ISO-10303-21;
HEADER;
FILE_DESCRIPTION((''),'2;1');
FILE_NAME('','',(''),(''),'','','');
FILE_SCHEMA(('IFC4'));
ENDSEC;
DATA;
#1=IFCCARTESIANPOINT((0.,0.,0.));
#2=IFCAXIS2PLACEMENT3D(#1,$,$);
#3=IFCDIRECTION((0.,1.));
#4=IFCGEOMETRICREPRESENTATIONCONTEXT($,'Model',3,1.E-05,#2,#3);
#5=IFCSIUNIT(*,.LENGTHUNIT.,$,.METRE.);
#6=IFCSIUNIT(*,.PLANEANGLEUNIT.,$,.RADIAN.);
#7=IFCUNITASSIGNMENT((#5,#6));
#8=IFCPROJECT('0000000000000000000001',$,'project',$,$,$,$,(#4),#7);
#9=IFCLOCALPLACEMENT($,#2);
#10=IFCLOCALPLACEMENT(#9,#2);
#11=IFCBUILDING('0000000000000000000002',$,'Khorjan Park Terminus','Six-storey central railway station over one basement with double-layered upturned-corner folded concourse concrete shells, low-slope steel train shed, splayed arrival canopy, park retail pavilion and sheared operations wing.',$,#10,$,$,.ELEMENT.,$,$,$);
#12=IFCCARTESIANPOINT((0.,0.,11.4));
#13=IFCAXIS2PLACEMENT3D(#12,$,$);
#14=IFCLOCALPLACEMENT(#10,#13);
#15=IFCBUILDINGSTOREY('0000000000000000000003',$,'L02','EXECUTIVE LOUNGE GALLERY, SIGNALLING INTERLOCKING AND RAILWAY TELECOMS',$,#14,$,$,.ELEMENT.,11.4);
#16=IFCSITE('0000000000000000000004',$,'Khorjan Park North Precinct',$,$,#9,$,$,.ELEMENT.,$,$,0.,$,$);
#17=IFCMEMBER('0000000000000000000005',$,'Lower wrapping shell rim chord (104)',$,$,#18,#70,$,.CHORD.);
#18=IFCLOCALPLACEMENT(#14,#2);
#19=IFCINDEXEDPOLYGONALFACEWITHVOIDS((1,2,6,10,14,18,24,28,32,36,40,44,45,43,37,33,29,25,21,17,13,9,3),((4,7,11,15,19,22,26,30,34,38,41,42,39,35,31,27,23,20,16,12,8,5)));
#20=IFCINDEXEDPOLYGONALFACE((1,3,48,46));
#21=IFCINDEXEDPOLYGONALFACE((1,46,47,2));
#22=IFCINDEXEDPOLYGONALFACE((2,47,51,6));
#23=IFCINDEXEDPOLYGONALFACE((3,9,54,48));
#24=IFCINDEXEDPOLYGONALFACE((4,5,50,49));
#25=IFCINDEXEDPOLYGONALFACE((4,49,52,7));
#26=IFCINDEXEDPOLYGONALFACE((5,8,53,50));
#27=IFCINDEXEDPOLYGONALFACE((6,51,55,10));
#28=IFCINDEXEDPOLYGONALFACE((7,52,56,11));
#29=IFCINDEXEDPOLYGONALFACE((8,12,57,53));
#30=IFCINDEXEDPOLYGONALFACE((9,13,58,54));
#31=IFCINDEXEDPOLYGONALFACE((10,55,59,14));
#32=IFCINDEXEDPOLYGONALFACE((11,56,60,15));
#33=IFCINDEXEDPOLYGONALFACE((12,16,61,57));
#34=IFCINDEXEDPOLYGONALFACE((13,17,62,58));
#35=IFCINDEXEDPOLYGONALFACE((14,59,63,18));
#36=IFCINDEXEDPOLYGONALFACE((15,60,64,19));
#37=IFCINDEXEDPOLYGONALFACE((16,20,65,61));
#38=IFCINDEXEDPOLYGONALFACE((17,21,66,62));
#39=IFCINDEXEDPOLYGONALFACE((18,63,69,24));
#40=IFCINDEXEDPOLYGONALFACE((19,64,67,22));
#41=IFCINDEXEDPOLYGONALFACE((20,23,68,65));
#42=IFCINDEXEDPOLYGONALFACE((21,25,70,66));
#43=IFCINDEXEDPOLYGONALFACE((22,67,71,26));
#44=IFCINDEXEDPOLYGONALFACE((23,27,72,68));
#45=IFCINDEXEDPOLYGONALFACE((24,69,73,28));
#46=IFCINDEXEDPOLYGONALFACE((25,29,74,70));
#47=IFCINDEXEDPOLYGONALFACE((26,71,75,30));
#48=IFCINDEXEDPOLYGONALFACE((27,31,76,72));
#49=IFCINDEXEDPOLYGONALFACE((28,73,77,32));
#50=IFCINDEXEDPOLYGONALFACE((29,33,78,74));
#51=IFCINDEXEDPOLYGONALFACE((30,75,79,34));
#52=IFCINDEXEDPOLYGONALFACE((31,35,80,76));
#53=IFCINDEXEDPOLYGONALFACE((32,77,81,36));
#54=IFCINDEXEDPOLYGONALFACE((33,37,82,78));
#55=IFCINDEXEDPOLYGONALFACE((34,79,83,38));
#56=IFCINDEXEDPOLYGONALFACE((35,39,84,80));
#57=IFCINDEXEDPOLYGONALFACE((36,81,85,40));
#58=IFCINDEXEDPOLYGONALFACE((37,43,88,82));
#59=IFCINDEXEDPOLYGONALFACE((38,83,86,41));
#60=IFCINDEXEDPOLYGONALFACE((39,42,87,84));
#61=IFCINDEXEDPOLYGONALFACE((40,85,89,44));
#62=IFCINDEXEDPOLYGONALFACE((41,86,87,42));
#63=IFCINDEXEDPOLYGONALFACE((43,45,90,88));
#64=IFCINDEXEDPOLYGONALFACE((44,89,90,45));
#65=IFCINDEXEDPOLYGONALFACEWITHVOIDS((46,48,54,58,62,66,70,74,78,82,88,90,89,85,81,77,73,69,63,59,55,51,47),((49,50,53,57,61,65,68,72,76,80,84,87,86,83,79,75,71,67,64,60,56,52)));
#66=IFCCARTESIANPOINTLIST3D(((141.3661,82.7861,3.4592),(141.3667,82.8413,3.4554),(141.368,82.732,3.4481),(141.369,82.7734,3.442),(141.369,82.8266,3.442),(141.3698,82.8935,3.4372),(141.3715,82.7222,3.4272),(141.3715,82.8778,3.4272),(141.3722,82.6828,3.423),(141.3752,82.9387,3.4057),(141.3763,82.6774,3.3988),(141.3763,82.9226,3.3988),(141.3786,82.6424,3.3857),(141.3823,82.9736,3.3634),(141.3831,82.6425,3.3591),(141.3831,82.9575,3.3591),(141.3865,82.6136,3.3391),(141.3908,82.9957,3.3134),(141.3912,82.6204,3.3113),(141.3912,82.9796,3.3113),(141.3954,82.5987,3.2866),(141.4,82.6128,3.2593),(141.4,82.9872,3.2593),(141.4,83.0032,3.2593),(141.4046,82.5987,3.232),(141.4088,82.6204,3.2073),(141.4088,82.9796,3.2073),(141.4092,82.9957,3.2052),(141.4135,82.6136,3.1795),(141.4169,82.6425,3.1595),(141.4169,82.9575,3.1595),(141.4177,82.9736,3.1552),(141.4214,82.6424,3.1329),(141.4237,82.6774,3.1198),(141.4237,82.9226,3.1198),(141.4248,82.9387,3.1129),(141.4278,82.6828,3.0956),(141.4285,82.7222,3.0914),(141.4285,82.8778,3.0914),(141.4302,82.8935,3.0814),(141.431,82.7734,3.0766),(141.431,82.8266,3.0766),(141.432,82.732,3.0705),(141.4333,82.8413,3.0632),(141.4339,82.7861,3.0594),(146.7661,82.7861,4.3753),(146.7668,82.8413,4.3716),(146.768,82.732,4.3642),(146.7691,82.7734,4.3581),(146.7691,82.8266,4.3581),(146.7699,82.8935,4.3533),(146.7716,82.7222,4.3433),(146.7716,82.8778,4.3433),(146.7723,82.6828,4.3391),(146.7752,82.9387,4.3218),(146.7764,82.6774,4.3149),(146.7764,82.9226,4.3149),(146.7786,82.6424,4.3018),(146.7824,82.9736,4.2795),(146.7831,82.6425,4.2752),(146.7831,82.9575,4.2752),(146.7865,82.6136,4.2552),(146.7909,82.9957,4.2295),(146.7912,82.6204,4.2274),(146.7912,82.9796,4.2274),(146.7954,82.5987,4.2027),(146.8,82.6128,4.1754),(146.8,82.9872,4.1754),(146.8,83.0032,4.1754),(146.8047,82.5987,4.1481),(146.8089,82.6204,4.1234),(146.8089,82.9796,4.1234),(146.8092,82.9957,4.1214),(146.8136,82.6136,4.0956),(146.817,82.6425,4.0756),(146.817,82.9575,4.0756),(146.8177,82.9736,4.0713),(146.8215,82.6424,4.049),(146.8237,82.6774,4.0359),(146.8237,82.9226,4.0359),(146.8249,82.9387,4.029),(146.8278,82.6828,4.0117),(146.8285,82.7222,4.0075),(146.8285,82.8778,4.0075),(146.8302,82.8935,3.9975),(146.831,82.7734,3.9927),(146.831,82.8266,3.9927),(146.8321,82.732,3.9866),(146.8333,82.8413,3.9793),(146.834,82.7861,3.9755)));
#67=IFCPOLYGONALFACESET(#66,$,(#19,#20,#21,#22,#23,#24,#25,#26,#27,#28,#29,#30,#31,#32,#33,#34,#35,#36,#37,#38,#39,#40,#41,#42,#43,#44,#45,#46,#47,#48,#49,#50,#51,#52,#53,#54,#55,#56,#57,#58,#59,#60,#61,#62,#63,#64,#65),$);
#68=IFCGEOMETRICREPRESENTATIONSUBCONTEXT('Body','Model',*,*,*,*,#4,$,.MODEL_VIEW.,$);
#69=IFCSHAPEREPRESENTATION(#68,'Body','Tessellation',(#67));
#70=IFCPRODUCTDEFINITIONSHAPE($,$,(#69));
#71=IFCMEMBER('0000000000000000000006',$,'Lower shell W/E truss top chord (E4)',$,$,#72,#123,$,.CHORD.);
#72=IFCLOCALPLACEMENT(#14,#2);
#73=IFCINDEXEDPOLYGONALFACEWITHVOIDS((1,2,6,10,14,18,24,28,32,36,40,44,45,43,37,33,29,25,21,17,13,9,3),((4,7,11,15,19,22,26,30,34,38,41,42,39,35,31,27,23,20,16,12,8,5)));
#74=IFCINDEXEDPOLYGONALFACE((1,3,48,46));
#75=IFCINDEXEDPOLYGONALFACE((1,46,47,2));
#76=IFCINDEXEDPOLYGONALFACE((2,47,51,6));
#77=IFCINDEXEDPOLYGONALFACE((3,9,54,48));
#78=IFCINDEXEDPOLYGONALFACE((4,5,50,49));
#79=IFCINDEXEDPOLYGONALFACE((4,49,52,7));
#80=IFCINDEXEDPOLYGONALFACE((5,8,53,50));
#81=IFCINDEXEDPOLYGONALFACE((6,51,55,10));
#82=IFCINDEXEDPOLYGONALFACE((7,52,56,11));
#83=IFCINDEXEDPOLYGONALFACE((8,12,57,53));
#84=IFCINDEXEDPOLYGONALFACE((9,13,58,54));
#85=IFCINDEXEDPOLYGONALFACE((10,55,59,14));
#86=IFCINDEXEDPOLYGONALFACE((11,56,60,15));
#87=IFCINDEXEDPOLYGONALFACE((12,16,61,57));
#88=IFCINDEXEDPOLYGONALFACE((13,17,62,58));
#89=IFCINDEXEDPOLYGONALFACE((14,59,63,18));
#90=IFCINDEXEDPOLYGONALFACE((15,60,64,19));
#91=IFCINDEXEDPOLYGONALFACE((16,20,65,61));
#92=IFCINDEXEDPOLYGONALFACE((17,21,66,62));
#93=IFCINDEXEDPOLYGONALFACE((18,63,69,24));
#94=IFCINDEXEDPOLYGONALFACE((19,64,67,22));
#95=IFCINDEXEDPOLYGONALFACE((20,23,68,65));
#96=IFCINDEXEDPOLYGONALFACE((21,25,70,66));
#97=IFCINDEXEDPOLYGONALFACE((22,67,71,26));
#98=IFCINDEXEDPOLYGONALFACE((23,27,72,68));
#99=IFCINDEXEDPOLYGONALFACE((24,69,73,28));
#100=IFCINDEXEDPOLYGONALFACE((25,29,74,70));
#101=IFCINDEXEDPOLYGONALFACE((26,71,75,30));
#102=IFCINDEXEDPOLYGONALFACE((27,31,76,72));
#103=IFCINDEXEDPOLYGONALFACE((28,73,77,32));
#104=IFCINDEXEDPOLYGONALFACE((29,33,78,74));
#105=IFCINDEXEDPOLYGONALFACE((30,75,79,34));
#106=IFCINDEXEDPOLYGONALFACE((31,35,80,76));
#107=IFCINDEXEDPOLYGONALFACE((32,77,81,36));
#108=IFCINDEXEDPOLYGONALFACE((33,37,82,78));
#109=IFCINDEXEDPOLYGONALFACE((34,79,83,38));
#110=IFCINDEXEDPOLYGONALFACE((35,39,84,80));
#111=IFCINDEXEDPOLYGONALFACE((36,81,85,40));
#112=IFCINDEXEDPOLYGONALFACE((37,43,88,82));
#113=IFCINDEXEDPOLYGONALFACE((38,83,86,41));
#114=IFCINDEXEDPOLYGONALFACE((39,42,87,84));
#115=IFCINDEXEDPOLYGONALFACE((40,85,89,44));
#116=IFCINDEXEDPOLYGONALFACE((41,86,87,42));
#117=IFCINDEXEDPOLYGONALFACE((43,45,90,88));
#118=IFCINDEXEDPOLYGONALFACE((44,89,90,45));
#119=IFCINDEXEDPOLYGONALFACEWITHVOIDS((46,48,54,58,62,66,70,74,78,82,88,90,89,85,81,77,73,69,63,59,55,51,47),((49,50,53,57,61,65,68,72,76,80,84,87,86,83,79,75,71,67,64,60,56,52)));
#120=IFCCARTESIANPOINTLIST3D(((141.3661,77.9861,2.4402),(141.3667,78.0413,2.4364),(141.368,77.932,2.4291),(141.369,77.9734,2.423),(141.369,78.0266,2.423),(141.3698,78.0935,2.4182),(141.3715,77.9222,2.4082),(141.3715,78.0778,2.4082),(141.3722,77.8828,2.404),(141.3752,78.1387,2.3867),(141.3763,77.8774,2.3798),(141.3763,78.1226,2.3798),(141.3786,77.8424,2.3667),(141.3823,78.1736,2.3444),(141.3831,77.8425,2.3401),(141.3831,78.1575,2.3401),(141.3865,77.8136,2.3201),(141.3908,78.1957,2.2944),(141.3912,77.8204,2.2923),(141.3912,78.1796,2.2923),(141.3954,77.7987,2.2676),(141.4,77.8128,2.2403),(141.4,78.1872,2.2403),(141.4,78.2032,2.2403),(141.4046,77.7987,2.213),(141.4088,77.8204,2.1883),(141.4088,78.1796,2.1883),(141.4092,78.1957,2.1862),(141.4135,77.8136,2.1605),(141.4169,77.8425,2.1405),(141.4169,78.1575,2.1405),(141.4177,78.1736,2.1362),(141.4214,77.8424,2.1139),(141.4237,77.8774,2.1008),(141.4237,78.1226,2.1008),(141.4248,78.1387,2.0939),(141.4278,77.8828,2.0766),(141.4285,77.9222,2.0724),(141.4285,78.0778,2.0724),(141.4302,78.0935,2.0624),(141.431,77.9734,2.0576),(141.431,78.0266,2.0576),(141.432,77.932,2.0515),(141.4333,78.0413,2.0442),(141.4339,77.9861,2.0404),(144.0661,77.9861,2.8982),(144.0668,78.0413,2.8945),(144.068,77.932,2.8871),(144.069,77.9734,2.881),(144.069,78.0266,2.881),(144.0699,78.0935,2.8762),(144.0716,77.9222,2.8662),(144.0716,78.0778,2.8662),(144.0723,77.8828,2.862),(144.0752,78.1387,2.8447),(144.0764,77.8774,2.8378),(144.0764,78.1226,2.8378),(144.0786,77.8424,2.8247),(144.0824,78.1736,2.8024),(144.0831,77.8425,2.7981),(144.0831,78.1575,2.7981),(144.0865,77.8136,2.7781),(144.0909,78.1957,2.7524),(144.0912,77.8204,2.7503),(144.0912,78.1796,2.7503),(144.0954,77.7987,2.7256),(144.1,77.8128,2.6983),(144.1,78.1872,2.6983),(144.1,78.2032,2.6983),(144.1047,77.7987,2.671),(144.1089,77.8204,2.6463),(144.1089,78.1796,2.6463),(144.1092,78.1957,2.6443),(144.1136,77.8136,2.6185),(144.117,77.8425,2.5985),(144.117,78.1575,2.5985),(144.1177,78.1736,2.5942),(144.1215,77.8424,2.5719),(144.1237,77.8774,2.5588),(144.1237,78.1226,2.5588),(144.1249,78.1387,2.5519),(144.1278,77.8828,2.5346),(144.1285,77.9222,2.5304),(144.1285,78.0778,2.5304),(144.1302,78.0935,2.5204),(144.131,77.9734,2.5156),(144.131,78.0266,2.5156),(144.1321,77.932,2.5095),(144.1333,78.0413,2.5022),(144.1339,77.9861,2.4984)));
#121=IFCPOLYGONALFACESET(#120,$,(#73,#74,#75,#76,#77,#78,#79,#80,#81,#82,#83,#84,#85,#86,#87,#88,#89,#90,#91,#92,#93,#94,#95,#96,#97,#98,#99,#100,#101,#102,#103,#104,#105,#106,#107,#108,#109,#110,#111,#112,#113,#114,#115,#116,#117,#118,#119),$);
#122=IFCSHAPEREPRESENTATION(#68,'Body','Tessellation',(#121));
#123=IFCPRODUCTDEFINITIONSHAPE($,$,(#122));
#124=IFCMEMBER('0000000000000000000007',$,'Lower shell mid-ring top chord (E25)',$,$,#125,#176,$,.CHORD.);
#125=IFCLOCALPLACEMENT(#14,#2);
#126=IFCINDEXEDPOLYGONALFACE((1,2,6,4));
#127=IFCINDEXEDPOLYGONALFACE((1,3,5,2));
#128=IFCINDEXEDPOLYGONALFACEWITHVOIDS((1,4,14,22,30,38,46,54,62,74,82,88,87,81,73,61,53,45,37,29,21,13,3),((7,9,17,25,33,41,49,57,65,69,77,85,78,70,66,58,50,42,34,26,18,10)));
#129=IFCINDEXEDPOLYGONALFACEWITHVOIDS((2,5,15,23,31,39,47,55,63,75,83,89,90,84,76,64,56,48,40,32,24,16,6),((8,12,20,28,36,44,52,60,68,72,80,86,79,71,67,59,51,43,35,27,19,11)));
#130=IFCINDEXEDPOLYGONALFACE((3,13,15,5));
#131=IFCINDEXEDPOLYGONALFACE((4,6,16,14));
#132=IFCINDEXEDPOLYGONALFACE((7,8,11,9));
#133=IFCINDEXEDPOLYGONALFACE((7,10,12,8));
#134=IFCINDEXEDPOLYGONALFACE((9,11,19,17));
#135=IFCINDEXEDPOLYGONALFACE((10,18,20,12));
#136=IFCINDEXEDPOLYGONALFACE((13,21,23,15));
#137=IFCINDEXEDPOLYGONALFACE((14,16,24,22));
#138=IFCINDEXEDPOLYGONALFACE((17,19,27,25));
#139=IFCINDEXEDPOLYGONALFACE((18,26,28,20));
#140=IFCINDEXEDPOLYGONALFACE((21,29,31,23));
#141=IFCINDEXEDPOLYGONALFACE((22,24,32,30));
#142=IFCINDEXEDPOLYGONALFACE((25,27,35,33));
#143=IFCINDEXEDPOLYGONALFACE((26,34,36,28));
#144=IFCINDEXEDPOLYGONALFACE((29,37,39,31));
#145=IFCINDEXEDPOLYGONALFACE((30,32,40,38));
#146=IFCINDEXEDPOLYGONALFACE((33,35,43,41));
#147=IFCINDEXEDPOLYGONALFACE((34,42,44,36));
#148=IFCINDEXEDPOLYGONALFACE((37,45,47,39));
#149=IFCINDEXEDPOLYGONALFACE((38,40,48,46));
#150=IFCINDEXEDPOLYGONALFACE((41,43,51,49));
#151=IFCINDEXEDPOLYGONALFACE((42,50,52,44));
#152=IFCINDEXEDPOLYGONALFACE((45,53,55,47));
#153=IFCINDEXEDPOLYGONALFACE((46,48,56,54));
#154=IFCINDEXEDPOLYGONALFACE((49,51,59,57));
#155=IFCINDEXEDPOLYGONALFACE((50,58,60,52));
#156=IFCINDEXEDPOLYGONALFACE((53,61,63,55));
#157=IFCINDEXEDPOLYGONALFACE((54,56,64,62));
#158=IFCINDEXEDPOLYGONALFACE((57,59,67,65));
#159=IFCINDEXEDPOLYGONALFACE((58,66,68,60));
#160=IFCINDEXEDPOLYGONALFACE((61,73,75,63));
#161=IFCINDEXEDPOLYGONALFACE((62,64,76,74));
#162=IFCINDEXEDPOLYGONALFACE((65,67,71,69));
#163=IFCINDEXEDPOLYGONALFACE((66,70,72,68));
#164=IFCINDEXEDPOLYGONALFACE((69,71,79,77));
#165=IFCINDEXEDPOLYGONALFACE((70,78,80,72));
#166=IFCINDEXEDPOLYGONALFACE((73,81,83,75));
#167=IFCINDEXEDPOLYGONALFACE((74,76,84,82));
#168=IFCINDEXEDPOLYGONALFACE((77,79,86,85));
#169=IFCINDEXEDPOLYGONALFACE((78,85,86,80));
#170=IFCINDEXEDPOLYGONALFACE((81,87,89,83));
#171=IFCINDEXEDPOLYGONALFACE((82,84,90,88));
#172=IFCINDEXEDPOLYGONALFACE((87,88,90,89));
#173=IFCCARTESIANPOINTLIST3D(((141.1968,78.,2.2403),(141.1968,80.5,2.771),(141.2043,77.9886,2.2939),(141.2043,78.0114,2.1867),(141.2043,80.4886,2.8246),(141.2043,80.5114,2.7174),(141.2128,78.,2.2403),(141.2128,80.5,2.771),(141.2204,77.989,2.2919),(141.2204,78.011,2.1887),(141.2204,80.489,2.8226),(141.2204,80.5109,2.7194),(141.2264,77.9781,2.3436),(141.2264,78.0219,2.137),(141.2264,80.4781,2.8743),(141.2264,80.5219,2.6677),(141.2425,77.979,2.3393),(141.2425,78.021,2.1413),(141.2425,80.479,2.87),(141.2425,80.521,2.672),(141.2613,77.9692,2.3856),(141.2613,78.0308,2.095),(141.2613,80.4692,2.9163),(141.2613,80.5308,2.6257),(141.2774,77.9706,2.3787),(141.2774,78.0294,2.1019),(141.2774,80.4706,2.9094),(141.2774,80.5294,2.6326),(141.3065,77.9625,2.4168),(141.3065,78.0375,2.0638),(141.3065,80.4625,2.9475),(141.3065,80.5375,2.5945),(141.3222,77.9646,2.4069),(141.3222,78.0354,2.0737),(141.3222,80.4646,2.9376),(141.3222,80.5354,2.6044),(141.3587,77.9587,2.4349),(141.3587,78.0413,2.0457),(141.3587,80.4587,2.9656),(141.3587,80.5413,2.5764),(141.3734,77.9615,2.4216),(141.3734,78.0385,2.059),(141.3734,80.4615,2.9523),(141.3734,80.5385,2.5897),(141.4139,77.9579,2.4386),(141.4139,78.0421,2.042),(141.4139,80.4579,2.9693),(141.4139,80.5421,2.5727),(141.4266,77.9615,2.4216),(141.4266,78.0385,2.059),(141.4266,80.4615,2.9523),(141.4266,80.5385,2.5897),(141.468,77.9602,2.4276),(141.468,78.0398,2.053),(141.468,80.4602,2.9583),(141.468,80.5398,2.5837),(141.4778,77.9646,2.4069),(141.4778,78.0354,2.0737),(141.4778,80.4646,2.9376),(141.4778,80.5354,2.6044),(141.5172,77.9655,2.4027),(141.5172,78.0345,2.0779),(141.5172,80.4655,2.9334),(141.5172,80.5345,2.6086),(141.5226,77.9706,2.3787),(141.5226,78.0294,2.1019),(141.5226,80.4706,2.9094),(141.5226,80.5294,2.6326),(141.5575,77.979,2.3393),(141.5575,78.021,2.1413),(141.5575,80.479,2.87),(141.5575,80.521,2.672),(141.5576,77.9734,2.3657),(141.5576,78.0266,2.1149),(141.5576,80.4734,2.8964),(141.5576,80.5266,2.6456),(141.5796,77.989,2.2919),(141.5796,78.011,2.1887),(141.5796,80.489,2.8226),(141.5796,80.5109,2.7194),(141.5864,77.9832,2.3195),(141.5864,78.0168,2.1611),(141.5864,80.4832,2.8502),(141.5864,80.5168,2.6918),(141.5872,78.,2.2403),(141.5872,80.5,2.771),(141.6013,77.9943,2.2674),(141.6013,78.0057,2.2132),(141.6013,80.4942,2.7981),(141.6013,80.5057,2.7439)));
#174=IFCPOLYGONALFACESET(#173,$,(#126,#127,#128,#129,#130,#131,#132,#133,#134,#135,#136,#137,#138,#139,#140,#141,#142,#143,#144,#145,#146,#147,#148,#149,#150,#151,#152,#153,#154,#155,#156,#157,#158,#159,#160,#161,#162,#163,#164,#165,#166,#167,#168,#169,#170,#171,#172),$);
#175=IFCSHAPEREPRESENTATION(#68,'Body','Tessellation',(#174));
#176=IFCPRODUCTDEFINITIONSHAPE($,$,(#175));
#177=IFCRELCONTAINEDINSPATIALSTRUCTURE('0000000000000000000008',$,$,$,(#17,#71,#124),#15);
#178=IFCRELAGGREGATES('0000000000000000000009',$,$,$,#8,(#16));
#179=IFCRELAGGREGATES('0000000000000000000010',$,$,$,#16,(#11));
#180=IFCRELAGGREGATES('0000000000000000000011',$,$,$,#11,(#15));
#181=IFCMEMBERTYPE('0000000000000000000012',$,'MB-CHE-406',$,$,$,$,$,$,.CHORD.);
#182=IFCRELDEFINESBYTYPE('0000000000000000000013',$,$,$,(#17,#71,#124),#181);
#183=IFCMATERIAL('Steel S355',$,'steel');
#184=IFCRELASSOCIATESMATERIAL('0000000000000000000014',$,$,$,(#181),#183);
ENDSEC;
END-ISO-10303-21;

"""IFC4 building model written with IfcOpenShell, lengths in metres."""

from ifc_helpers import new_model, si_unit, direction, frame, origin, origin_2d, place, context, subcontext, project, spatial, hollow_circle, extrude, material, material_profile, profile_set, type_object, element, save


model = new_model("IFC4")

# Units and contexts
model_context = context("Model", 3, precision=1e-05, world=origin(), true_north=direction((0.0, 1.0)))
body_context = subcontext(model_context, "Body", "Model", "MODEL_VIEW")
ifc_project = project(units=[si_unit("LENGTHUNIT", "METRE"), si_unit("PLANEANGLEUNIT", "RADIAN")], contexts=[model_context])

# Site, building, storey
site_placement = place(None, origin())
site = spatial("IfcSite", under=ifc_project, at=site_placement, Name="Khorjan Park North Precinct", CompositionType="ELEMENT", RefElevation=0.0)
building_placement = place(site_placement, origin())
building = spatial("IfcBuilding", under=site, at=building_placement, Name="Khorjan Park Terminus", Description="Six-storey central railway station over one basement with double-layered upturned-corner folded concourse concrete shells, low-slope steel train shed, splayed arrival canopy, park retail pavilion and sheared operations wing.", CompositionType="ELEMENT")
storey_placement = place(building_placement, frame((0.0, 0.0, 11.4)))
storey = spatial("IfcBuildingStorey", under=building, at=storey_placement, Name="L02", Description="EXECUTIVE LOUNGE GALLERY, SIGNALLING INTERLOCKING AND RAILWAY TELECOMS", CompositionType="ELEMENT", Elevation=11.4)

# Members
ifc_material_1 = material(Name="Steel S355", Category="steel")
ifc_material_profile_1 = material_profile(ifc_material_1, hollow_circle(Radius=0.2032, WallThickness=0.016, at=origin_2d()), Name="CHS 406.4x16")
ifc_profile_set_1 = profile_set([ifc_material_profile_1], Name="Steel S355")
member_type_1 = type_object("IfcMemberType", Name="MB-CHE-406", PredefinedType="CHORD", material=ifc_profile_set_1)
for number, where, z_axis, x_axis, name in (
    (1, (141.4, 82.8, 3.2593), (0.985913, 0.0, 0.167258), (0.0, 1.0, 0.0), "Lower wrapping shell rim chord (104)"),
):
    element("IfcMember", number, at=place(storey_placement, frame(where, z_axis=z_axis, x_axis=x_axis)), inside=storey, type_object=member_type_1, Name=name, PredefinedType="CHORD", context=body_context, shape_type="SweptSolid", body=[
        extrude(hollow_circle(Radius=0.2032, WallThickness=0.016, at=origin_2d()), origin(), (0.0, 0.0, 1.0), 5.4772),
    ])
member_1_placement = place(storey_placement, frame((141.4, 78.0, 2.2403), z_axis=(0.985916, 0.0, 0.167241), x_axis=(0.0, 1.0, 0.0)))
element("IfcMember", 2, at=member_1_placement, inside=storey, type_object=member_type_1, Name="Lower shell W/E truss top chord (E4)", PredefinedType="CHORD", context=body_context, shape_type="SweptSolid", body=[
    extrude(hollow_circle(Radius=0.2032, WallThickness=0.016, at=origin_2d()), origin(), (0.0, 0.0, 1.0), 2.7386),
])
for number, where, z_axis, x_axis, name in (
    (3, (141.4, 78.0, 2.2403), (0.0, 0.978203, 0.207653), (-1.0, 0.0, 0.0), "Lower shell mid-ring top chord (E25)"),
):
    element("IfcMember", number, at=place(storey_placement, frame(where, z_axis=z_axis, x_axis=x_axis)), inside=storey, type_object=member_type_1, Name=name, PredefinedType="CHORD", context=body_context, shape_type="SweptSolid", body=[
        extrude(hollow_circle(Radius=0.2032, WallThickness=0.016, at=origin_2d()), origin(), (0.0, 0.0, 1.0), 2.5557),
    ])

save(model, "model.ifc")
